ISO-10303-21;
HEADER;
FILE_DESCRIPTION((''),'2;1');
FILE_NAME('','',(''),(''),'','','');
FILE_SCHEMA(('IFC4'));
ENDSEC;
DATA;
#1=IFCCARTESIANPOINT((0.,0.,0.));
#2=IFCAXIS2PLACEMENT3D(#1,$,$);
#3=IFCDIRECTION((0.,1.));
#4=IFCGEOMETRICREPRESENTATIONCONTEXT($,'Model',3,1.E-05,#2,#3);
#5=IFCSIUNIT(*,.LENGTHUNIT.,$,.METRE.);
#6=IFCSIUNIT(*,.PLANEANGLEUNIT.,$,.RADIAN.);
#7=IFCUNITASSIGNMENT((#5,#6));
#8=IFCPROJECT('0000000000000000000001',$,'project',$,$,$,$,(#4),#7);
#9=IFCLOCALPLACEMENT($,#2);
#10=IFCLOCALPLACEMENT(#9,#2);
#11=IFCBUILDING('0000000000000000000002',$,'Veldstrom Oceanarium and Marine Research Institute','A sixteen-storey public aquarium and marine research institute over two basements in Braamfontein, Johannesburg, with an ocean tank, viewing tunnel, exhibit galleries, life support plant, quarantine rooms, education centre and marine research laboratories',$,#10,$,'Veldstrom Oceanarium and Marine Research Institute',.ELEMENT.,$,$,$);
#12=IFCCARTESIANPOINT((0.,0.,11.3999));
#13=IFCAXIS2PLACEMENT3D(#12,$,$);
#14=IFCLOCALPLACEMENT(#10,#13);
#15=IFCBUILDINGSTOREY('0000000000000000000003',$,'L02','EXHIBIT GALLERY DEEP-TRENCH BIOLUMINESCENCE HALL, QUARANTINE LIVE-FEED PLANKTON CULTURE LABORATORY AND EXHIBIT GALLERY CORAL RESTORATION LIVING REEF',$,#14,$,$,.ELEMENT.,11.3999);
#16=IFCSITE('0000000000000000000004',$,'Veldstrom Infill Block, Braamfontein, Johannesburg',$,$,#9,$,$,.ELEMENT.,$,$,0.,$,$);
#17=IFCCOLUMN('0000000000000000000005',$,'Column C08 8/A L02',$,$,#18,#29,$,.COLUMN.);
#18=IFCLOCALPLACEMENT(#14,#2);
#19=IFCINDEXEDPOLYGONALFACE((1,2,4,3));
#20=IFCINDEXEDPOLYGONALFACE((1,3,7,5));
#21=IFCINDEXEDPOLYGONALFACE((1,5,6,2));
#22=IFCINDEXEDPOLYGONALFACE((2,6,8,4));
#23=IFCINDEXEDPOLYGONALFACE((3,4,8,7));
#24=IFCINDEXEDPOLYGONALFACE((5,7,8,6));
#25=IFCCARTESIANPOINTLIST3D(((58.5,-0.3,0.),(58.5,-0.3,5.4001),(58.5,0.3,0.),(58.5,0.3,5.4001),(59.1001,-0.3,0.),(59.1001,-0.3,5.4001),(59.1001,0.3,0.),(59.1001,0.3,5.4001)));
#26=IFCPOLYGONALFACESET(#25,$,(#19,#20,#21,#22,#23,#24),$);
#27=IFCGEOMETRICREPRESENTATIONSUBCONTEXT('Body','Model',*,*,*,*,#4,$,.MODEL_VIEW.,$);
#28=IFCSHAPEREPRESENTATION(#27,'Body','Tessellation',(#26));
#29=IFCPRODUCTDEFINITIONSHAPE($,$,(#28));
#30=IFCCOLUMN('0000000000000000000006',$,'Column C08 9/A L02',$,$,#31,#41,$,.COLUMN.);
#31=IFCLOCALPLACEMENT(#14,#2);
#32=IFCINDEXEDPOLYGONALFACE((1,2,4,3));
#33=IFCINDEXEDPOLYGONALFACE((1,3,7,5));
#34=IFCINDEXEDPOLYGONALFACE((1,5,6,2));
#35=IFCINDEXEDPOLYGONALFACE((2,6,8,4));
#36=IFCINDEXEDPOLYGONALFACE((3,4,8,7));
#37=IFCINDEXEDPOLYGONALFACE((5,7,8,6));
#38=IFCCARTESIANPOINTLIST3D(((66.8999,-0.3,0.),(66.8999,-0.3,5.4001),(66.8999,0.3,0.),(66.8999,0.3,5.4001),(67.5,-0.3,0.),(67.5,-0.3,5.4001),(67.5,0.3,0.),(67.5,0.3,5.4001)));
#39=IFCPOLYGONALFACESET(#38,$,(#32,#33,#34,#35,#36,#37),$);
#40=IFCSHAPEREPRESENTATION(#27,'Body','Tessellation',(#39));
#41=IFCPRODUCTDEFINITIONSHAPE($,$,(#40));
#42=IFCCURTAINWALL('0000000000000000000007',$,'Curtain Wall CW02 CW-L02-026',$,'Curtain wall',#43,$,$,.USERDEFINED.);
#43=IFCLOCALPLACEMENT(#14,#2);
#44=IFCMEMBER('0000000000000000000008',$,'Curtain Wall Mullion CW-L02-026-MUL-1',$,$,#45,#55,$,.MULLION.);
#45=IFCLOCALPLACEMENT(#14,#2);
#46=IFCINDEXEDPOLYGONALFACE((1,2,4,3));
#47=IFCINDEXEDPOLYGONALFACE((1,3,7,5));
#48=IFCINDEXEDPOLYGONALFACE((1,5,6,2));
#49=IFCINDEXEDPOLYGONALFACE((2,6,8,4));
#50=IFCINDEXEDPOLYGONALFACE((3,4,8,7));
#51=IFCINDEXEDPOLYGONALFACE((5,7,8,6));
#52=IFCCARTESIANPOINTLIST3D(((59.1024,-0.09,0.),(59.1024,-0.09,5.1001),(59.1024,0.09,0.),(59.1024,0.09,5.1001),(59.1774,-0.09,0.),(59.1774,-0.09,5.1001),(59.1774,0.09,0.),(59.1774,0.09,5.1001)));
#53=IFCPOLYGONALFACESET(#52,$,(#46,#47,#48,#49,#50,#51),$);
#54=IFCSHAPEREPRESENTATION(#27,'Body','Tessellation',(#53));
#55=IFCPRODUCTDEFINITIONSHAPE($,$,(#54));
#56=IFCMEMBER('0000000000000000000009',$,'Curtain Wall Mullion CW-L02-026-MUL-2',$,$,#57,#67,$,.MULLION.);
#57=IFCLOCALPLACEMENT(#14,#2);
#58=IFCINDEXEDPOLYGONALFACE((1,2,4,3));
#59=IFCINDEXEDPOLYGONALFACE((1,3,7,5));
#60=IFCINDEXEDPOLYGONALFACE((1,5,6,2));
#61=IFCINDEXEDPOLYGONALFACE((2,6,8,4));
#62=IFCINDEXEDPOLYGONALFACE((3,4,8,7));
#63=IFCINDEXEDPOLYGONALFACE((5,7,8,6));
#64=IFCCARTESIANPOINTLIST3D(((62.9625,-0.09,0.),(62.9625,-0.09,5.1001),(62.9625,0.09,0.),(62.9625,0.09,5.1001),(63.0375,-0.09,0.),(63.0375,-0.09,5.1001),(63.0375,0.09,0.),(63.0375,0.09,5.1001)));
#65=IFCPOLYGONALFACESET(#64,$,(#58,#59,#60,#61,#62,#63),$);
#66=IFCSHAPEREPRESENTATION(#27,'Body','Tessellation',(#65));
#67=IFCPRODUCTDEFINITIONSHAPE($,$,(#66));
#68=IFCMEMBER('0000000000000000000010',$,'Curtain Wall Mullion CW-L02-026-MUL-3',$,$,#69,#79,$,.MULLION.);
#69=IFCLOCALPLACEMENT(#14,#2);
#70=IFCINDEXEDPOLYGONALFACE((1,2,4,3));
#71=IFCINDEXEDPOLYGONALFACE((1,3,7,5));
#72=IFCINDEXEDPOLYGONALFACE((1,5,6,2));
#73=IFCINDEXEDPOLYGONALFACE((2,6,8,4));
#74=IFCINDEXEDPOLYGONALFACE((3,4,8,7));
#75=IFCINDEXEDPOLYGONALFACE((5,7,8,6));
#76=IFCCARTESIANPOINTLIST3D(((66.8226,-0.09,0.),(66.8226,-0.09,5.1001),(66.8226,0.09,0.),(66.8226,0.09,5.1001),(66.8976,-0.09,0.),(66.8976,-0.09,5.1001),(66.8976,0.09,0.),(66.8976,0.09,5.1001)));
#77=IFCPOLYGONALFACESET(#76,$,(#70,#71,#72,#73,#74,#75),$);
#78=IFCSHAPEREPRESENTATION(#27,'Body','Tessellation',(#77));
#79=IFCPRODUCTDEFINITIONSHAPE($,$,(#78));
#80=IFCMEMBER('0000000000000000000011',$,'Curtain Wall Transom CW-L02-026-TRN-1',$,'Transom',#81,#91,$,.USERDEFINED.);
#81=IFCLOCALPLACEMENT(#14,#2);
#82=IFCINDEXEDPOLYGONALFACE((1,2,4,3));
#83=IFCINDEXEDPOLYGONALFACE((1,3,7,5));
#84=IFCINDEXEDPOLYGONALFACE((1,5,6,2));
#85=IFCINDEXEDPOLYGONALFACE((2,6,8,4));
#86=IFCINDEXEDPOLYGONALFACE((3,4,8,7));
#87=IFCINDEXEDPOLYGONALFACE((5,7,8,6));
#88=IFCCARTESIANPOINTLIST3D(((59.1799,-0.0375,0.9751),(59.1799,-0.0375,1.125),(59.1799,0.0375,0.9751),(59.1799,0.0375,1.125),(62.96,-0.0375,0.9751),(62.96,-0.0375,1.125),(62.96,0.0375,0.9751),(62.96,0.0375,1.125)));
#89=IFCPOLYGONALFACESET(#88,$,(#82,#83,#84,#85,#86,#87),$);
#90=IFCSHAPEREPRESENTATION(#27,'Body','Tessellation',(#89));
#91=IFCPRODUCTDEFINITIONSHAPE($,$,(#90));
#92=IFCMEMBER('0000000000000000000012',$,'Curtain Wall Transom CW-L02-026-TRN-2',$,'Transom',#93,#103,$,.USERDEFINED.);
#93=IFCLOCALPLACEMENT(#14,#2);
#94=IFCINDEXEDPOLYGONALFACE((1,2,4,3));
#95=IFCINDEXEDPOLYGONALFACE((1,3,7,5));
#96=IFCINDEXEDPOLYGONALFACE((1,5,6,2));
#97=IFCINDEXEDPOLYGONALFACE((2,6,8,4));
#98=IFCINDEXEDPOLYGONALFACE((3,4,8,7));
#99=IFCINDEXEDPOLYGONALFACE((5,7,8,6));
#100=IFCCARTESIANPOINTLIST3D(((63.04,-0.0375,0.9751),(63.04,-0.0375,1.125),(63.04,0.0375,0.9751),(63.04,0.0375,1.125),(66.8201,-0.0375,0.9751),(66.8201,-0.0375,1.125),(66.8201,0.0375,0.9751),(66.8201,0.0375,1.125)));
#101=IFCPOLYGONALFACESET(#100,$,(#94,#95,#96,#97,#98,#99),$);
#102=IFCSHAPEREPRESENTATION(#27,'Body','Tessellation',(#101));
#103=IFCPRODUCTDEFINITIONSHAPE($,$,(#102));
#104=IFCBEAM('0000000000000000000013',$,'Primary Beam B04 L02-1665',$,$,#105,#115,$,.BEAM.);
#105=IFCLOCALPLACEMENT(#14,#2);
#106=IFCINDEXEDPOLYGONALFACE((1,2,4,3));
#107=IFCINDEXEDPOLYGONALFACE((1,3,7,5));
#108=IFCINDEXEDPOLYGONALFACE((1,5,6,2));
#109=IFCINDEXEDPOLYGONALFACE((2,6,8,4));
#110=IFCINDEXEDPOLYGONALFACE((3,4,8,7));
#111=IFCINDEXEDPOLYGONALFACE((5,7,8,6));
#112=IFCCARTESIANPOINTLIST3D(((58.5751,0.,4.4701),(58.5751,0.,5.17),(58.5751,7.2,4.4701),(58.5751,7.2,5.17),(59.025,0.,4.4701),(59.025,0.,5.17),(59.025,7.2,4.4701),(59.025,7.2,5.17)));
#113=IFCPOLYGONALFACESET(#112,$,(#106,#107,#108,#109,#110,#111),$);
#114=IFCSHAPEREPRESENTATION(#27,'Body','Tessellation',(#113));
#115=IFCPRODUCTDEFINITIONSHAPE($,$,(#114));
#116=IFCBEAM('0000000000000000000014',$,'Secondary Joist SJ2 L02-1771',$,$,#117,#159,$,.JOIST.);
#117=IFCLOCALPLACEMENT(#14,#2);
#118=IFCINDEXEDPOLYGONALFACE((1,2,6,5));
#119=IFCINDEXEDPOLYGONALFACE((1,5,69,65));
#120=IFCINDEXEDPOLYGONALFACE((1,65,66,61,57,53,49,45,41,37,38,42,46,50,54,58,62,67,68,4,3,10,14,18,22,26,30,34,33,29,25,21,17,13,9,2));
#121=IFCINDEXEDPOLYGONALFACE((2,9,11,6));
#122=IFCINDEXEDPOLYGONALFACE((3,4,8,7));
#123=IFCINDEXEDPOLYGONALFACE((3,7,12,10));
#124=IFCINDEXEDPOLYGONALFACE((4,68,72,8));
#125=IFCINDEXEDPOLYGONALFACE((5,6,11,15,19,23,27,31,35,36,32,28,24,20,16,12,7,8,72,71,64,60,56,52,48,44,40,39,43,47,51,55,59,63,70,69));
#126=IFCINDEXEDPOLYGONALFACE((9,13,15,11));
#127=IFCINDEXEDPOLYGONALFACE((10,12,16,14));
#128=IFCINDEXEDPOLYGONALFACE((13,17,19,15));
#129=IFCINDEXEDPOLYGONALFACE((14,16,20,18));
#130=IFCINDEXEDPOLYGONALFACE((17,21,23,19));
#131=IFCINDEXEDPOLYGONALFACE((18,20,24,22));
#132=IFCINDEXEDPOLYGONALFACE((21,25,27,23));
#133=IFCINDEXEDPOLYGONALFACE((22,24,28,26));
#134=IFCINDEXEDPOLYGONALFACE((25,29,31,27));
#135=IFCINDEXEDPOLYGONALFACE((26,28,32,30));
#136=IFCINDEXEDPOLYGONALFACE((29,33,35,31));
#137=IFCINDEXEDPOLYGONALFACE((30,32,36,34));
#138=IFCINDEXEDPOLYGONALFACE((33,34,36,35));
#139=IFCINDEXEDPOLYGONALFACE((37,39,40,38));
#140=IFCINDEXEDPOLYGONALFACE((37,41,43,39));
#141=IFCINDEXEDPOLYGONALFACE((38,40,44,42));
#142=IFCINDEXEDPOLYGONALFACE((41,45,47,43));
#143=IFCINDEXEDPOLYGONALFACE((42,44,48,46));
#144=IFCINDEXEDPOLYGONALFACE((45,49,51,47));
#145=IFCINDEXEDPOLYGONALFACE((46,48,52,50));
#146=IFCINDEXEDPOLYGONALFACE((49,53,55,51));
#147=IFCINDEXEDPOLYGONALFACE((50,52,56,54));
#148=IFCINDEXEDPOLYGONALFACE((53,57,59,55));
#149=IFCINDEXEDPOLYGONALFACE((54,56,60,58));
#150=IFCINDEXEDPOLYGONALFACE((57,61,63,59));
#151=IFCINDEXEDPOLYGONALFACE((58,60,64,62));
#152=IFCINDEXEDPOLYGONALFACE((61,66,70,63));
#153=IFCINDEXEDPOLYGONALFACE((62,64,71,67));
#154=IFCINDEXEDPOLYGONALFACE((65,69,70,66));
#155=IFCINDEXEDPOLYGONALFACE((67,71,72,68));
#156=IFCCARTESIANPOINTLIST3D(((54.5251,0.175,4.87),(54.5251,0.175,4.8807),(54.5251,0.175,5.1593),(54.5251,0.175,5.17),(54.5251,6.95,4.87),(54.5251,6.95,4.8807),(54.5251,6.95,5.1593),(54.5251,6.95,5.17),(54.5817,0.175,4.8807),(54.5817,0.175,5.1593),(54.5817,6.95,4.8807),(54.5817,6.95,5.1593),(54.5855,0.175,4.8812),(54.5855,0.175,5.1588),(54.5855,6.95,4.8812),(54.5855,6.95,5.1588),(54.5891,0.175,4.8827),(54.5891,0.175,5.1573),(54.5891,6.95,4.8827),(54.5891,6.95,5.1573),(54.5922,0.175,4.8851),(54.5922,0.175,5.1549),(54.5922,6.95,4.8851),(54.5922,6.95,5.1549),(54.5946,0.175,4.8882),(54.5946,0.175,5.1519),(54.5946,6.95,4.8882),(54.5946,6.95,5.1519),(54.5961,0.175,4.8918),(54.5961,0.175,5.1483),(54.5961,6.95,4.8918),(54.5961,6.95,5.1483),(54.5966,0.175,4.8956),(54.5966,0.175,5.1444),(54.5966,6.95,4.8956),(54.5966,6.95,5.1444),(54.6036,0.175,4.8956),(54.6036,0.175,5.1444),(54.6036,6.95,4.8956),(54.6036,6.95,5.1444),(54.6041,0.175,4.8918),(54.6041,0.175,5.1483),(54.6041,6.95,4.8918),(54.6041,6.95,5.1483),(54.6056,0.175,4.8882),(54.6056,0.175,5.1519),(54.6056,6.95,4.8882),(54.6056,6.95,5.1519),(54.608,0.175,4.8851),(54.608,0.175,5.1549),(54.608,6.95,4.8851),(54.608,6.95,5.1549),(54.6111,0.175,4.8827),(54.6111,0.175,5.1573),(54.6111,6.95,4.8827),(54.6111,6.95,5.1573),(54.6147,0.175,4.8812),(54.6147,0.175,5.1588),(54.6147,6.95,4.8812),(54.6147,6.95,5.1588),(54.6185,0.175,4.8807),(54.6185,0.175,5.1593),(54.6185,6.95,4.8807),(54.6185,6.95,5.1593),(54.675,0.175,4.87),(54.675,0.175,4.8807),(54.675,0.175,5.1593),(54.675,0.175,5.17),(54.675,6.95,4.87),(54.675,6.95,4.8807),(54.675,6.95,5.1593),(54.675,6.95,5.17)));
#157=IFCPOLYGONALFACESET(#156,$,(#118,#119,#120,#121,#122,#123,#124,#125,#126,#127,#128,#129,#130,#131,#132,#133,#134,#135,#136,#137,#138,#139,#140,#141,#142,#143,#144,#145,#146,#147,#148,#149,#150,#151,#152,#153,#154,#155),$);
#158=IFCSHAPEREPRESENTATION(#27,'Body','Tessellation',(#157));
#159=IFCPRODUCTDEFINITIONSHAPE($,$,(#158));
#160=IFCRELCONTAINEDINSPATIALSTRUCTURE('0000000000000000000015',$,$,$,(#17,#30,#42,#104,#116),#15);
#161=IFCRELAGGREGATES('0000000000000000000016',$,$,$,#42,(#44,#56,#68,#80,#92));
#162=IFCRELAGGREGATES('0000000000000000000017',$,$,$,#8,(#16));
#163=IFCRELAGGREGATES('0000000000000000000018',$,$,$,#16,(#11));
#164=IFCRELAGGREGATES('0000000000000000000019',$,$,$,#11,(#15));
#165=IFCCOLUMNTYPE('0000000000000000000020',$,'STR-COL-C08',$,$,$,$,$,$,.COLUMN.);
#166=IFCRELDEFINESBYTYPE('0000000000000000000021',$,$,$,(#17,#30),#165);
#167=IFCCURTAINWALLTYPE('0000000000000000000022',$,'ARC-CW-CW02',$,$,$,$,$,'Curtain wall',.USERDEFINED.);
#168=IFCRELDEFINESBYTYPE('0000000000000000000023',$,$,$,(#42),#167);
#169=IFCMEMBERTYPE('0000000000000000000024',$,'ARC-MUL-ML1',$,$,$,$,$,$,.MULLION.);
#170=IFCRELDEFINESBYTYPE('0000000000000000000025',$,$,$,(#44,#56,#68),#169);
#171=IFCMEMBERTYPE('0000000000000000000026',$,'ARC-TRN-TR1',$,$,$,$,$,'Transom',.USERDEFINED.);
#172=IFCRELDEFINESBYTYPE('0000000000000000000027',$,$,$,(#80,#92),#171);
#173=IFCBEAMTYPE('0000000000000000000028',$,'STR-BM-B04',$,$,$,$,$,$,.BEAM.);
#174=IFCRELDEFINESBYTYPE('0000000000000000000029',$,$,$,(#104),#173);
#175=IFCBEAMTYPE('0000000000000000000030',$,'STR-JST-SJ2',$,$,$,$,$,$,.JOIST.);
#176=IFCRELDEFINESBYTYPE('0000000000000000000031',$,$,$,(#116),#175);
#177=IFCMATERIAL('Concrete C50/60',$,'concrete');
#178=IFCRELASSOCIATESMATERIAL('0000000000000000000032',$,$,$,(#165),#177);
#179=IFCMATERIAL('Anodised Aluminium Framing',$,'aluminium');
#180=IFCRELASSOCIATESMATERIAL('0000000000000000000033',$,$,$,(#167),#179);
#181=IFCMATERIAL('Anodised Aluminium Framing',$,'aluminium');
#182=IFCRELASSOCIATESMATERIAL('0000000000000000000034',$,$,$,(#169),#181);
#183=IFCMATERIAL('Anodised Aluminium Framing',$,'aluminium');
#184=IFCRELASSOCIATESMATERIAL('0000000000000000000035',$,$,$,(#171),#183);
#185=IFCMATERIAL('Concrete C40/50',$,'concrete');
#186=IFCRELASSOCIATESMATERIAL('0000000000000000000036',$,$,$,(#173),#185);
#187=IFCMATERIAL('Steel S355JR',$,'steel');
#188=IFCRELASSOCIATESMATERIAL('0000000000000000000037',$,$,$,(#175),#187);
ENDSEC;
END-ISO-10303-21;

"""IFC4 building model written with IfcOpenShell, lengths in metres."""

from ifc_helpers import new_model, si_unit, direction, frame, origin, origin_2d, place, context, subcontext, project, spatial, rectangle, i_section, extrude, material, material_profile, profile_set, type_object, element, aggregate, save


model = new_model("IFC4")

# Units and contexts
model_context = context("Model", 3, precision=1e-05, world=origin(), true_north=direction((0.0, 1.0)))
body_context = subcontext(model_context, "Body", "Model", "MODEL_VIEW")
ifc_project = project(units=[si_unit("LENGTHUNIT", "METRE"), si_unit("PLANEANGLEUNIT", "RADIAN")], contexts=[model_context])

# Site, building, storey
site_placement = place(None, origin())
site = spatial("IfcSite", under=ifc_project, at=site_placement, Name="Veldstrom Infill Block, Braamfontein, Johannesburg", CompositionType="ELEMENT", RefElevation=0.0)
building_placement = place(site_placement, origin())
building = spatial("IfcBuilding", under=site, at=building_placement, Name="Veldstrom Oceanarium and Marine Research Institute", Description="A sixteen-storey public aquarium and marine research institute over two basements in Braamfontein, Johannesburg, with an ocean tank, viewing tunnel, exhibit galleries, life support plant, quarantine rooms, education centre and marine research laboratories", LongName="Veldstrom Oceanarium and Marine Research Institute", CompositionType="ELEMENT")
storey_placement = place(building_placement, frame((0.0, 0.0, 11.3999)))
storey = spatial("IfcBuildingStorey", under=building, at=storey_placement, Name="L02", Description="EXHIBIT GALLERY DEEP-TRENCH BIOLUMINESCENCE HALL, QUARANTINE LIVE-FEED PLANKTON CULTURE LABORATORY AND EXHIBIT GALLERY CORAL RESTORATION LIVING REEF", CompositionType="ELEMENT", Elevation=11.3999)

# Columns
ifc_material_1 = material(Name="Concrete C50/60", Category="concrete")
ifc_material_profile_1 = material_profile(ifc_material_1, rectangle(XDim=0.6001, YDim=0.6001, at=origin_2d()), Name="RC-COL-600x600")
ifc_profile_set_1 = profile_set([ifc_material_profile_1], Name="Concrete C50/60")
column_type = type_object("IfcColumnType", Name="STR-COL-C08", PredefinedType="COLUMN", material=ifc_profile_set_1)
for number, where, z_axis, x_axis, name in (
    (1, (58.8, 0.0, 0.0), (0.0, 0.0, 1.0), (1.0, 0.0, 0.0), "Column C08 8/A L02"),
    (2, (67.2, 0.0, 0.0), (0.0, 0.0, 1.0), (1.0, 0.0, 0.0), "Column C08 9/A L02"),
):
    element("IfcColumn", number, at=place(storey_placement, frame(where, z_axis=z_axis, x_axis=x_axis)), inside=storey, type_object=column_type, Name=name, PredefinedType="COLUMN", context=body_context, shape_type="SweptSolid", body=[
        extrude(rectangle(XDim=0.6001, YDim=0.6001, at=origin_2d()), origin(), (0.0, 0.0, 1.0), 5.4001),
    ])

# Curtain wall, members
ifc_material_2 = material(Name="Anodised Aluminium Framing", Category="aluminium")
curtain_wall_type = type_object("IfcCurtainWallType", Name="ARC-CW-CW02", ElementType="Curtain wall", PredefinedType="USERDEFINED", material=ifc_material_2)
curtain_wall_placement = place(storey_placement, origin())
curtain_wall = element("IfcCurtainWall", 3, at=curtain_wall_placement, inside=storey, type_object=curtain_wall_type, Name="Curtain Wall CW02 CW-L02-026", ObjectType="Curtain wall", PredefinedType="USERDEFINED")
ifc_material_3 = material(Name="Anodised Aluminium Framing", Category="aluminium")
ifc_material_profile_2 = material_profile(ifc_material_3, rectangle(XDim=0.075, YDim=0.1799, at=origin_2d()), Name="ALU-MUL-75x180")
ifc_profile_set_2 = profile_set([ifc_material_profile_2], Name="Anodised Aluminium Framing")
member_type_1 = type_object("IfcMemberType", Name="ARC-MUL-ML1", PredefinedType="MULLION", material=ifc_profile_set_2)
member_1_placement = place(storey_placement, frame((59.1399, 0.0, 0.0), z_axis=(0.0, 0.0, 1.0), x_axis=(1.0, 0.0, 0.0)))
member_1 = element("IfcMember", 4, at=member_1_placement, type_object=member_type_1, Name="Curtain Wall Mullion CW-L02-026-MUL-1", PredefinedType="MULLION", context=body_context, shape_type="SweptSolid", body=[
    extrude(rectangle(XDim=0.075, YDim=0.1799, at=origin_2d()), origin(), (0.0, 0.0, 1.0), 5.1001),
])
member_2_placement = place(storey_placement, frame((63.0, 0.0, 0.0), z_axis=(0.0, 0.0, 1.0), x_axis=(1.0, 0.0, 0.0)))
member_2 = element("IfcMember", 5, at=member_2_placement, type_object=member_type_1, Name="Curtain Wall Mullion CW-L02-026-MUL-2", PredefinedType="MULLION", context=body_context, shape_type="SweptSolid", body=[
    extrude(rectangle(XDim=0.075, YDim=0.1799, at=origin_2d()), origin(), (0.0, 0.0, 1.0), 5.1001),
])
member_3_placement = place(storey_placement, frame((66.8601, 0.0, 0.0), z_axis=(0.0, 0.0, 1.0), x_axis=(1.0, 0.0, 0.0)))
member_3 = element("IfcMember", 6, at=member_3_placement, type_object=member_type_1, Name="Curtain Wall Mullion CW-L02-026-MUL-3", PredefinedType="MULLION", context=body_context, shape_type="SweptSolid", body=[
    extrude(rectangle(XDim=0.075, YDim=0.1799, at=origin_2d()), origin(), (0.0, 0.0, 1.0), 5.1001),
])
ifc_material_4 = material(Name="Anodised Aluminium Framing", Category="aluminium")
ifc_material_profile_3 = material_profile(ifc_material_4, rectangle(XDim=0.075, YDim=0.1499, at=origin_2d()), Name="ALU-TRN-75x150")
ifc_profile_set_3 = profile_set([ifc_material_profile_3], Name="Anodised Aluminium Framing")
member_type_2 = type_object("IfcMemberType", Name="ARC-TRN-TR1", ElementType="Transom", PredefinedType="USERDEFINED", material=ifc_profile_set_3)
member_4_placement = place(storey_placement, frame((59.1799, 0.0, 1.05), z_axis=(1.0, 0.0, 0.0), x_axis=(0.0, 1.0, 0.0)))
member_4 = element("IfcMember", 7, at=member_4_placement, type_object=member_type_2, Name="Curtain Wall Transom CW-L02-026-TRN-1", ObjectType="Transom", PredefinedType="USERDEFINED", context=body_context, shape_type="SweptSolid", body=[
    extrude(rectangle(XDim=0.075, YDim=0.1499, at=origin_2d()), origin(), (0.0, 0.0, 1.0), 3.78),
])
member_5_placement = place(storey_placement, frame((63.04, 0.0, 1.05), z_axis=(1.0, 0.0, 0.0), x_axis=(0.0, 1.0, 0.0)))
member_5 = element("IfcMember", 8, at=member_5_placement, type_object=member_type_2, Name="Curtain Wall Transom CW-L02-026-TRN-2", ObjectType="Transom", PredefinedType="USERDEFINED", context=body_context, shape_type="SweptSolid", body=[
    extrude(rectangle(XDim=0.075, YDim=0.1499, at=origin_2d()), origin(), (0.0, 0.0, 1.0), 3.78),
])

# Beams
ifc_material_5 = material(Name="Concrete C40/50", Category="concrete")
ifc_material_profile_4 = material_profile(ifc_material_5, rectangle(XDim=0.45, YDim=0.7, at=origin_2d()), Name="RC-BM-450x700")
ifc_profile_set_4 = profile_set([ifc_material_profile_4], Name="Concrete C40/50")
beam_type_1 = type_object("IfcBeamType", Name="STR-BM-B04", PredefinedType="BEAM", material=ifc_profile_set_4)
beam_1_placement = place(storey_placement, frame((58.8, 0.0, 4.8201), z_axis=(0.0, 1.0, 0.0), x_axis=(-1.0, 0.0, 0.0)))
element("IfcBeam", 9, at=beam_1_placement, inside=storey, type_object=beam_type_1, Name="Primary Beam B04 L02-1665", PredefinedType="BEAM", context=body_context, shape_type="SweptSolid", body=[
    extrude(rectangle(XDim=0.45, YDim=0.7, at=origin_2d()), origin(), (0.0, 0.0, 1.0), 7.2),
])
ifc_material_6 = material(Name="Steel S355JR", Category="steel")
ifc_material_profile_5 = material_profile(ifc_material_6, i_section(OverallWidth=0.1499, OverallDepth=0.3, WebThickness=0.0071, FlangeThickness=0.0107, FilletRadius=0.0149, at=origin_2d()), Name="IPE 300")
ifc_profile_set_5 = profile_set([ifc_material_profile_5], Name="Steel S355JR")
beam_type_2 = type_object("IfcBeamType", Name="STR-JST-SJ2", PredefinedType="JOIST", material=ifc_profile_set_5)
beam_2_placement = place(storey_placement, frame((54.6001, 0.175, 5.02), z_axis=(0.0, 1.0, 0.0), x_axis=(-1.0, 0.0, 0.0)))
element("IfcBeam", 10, at=beam_2_placement, inside=storey, type_object=beam_type_2, Name="Secondary Joist SJ2 L02-1771", PredefinedType="JOIST", context=body_context, shape_type="SweptSolid", body=[
    extrude(i_section(OverallWidth=0.1499, OverallDepth=0.3, WebThickness=0.0071, FlangeThickness=0.0107, FilletRadius=0.0149, at=origin_2d()), origin(), (0.0, 0.0, 1.0), 6.7749),
])

aggregate(curtain_wall, [member_1, member_2, member_3, member_4, member_5])

save(model, "model.ifc")
